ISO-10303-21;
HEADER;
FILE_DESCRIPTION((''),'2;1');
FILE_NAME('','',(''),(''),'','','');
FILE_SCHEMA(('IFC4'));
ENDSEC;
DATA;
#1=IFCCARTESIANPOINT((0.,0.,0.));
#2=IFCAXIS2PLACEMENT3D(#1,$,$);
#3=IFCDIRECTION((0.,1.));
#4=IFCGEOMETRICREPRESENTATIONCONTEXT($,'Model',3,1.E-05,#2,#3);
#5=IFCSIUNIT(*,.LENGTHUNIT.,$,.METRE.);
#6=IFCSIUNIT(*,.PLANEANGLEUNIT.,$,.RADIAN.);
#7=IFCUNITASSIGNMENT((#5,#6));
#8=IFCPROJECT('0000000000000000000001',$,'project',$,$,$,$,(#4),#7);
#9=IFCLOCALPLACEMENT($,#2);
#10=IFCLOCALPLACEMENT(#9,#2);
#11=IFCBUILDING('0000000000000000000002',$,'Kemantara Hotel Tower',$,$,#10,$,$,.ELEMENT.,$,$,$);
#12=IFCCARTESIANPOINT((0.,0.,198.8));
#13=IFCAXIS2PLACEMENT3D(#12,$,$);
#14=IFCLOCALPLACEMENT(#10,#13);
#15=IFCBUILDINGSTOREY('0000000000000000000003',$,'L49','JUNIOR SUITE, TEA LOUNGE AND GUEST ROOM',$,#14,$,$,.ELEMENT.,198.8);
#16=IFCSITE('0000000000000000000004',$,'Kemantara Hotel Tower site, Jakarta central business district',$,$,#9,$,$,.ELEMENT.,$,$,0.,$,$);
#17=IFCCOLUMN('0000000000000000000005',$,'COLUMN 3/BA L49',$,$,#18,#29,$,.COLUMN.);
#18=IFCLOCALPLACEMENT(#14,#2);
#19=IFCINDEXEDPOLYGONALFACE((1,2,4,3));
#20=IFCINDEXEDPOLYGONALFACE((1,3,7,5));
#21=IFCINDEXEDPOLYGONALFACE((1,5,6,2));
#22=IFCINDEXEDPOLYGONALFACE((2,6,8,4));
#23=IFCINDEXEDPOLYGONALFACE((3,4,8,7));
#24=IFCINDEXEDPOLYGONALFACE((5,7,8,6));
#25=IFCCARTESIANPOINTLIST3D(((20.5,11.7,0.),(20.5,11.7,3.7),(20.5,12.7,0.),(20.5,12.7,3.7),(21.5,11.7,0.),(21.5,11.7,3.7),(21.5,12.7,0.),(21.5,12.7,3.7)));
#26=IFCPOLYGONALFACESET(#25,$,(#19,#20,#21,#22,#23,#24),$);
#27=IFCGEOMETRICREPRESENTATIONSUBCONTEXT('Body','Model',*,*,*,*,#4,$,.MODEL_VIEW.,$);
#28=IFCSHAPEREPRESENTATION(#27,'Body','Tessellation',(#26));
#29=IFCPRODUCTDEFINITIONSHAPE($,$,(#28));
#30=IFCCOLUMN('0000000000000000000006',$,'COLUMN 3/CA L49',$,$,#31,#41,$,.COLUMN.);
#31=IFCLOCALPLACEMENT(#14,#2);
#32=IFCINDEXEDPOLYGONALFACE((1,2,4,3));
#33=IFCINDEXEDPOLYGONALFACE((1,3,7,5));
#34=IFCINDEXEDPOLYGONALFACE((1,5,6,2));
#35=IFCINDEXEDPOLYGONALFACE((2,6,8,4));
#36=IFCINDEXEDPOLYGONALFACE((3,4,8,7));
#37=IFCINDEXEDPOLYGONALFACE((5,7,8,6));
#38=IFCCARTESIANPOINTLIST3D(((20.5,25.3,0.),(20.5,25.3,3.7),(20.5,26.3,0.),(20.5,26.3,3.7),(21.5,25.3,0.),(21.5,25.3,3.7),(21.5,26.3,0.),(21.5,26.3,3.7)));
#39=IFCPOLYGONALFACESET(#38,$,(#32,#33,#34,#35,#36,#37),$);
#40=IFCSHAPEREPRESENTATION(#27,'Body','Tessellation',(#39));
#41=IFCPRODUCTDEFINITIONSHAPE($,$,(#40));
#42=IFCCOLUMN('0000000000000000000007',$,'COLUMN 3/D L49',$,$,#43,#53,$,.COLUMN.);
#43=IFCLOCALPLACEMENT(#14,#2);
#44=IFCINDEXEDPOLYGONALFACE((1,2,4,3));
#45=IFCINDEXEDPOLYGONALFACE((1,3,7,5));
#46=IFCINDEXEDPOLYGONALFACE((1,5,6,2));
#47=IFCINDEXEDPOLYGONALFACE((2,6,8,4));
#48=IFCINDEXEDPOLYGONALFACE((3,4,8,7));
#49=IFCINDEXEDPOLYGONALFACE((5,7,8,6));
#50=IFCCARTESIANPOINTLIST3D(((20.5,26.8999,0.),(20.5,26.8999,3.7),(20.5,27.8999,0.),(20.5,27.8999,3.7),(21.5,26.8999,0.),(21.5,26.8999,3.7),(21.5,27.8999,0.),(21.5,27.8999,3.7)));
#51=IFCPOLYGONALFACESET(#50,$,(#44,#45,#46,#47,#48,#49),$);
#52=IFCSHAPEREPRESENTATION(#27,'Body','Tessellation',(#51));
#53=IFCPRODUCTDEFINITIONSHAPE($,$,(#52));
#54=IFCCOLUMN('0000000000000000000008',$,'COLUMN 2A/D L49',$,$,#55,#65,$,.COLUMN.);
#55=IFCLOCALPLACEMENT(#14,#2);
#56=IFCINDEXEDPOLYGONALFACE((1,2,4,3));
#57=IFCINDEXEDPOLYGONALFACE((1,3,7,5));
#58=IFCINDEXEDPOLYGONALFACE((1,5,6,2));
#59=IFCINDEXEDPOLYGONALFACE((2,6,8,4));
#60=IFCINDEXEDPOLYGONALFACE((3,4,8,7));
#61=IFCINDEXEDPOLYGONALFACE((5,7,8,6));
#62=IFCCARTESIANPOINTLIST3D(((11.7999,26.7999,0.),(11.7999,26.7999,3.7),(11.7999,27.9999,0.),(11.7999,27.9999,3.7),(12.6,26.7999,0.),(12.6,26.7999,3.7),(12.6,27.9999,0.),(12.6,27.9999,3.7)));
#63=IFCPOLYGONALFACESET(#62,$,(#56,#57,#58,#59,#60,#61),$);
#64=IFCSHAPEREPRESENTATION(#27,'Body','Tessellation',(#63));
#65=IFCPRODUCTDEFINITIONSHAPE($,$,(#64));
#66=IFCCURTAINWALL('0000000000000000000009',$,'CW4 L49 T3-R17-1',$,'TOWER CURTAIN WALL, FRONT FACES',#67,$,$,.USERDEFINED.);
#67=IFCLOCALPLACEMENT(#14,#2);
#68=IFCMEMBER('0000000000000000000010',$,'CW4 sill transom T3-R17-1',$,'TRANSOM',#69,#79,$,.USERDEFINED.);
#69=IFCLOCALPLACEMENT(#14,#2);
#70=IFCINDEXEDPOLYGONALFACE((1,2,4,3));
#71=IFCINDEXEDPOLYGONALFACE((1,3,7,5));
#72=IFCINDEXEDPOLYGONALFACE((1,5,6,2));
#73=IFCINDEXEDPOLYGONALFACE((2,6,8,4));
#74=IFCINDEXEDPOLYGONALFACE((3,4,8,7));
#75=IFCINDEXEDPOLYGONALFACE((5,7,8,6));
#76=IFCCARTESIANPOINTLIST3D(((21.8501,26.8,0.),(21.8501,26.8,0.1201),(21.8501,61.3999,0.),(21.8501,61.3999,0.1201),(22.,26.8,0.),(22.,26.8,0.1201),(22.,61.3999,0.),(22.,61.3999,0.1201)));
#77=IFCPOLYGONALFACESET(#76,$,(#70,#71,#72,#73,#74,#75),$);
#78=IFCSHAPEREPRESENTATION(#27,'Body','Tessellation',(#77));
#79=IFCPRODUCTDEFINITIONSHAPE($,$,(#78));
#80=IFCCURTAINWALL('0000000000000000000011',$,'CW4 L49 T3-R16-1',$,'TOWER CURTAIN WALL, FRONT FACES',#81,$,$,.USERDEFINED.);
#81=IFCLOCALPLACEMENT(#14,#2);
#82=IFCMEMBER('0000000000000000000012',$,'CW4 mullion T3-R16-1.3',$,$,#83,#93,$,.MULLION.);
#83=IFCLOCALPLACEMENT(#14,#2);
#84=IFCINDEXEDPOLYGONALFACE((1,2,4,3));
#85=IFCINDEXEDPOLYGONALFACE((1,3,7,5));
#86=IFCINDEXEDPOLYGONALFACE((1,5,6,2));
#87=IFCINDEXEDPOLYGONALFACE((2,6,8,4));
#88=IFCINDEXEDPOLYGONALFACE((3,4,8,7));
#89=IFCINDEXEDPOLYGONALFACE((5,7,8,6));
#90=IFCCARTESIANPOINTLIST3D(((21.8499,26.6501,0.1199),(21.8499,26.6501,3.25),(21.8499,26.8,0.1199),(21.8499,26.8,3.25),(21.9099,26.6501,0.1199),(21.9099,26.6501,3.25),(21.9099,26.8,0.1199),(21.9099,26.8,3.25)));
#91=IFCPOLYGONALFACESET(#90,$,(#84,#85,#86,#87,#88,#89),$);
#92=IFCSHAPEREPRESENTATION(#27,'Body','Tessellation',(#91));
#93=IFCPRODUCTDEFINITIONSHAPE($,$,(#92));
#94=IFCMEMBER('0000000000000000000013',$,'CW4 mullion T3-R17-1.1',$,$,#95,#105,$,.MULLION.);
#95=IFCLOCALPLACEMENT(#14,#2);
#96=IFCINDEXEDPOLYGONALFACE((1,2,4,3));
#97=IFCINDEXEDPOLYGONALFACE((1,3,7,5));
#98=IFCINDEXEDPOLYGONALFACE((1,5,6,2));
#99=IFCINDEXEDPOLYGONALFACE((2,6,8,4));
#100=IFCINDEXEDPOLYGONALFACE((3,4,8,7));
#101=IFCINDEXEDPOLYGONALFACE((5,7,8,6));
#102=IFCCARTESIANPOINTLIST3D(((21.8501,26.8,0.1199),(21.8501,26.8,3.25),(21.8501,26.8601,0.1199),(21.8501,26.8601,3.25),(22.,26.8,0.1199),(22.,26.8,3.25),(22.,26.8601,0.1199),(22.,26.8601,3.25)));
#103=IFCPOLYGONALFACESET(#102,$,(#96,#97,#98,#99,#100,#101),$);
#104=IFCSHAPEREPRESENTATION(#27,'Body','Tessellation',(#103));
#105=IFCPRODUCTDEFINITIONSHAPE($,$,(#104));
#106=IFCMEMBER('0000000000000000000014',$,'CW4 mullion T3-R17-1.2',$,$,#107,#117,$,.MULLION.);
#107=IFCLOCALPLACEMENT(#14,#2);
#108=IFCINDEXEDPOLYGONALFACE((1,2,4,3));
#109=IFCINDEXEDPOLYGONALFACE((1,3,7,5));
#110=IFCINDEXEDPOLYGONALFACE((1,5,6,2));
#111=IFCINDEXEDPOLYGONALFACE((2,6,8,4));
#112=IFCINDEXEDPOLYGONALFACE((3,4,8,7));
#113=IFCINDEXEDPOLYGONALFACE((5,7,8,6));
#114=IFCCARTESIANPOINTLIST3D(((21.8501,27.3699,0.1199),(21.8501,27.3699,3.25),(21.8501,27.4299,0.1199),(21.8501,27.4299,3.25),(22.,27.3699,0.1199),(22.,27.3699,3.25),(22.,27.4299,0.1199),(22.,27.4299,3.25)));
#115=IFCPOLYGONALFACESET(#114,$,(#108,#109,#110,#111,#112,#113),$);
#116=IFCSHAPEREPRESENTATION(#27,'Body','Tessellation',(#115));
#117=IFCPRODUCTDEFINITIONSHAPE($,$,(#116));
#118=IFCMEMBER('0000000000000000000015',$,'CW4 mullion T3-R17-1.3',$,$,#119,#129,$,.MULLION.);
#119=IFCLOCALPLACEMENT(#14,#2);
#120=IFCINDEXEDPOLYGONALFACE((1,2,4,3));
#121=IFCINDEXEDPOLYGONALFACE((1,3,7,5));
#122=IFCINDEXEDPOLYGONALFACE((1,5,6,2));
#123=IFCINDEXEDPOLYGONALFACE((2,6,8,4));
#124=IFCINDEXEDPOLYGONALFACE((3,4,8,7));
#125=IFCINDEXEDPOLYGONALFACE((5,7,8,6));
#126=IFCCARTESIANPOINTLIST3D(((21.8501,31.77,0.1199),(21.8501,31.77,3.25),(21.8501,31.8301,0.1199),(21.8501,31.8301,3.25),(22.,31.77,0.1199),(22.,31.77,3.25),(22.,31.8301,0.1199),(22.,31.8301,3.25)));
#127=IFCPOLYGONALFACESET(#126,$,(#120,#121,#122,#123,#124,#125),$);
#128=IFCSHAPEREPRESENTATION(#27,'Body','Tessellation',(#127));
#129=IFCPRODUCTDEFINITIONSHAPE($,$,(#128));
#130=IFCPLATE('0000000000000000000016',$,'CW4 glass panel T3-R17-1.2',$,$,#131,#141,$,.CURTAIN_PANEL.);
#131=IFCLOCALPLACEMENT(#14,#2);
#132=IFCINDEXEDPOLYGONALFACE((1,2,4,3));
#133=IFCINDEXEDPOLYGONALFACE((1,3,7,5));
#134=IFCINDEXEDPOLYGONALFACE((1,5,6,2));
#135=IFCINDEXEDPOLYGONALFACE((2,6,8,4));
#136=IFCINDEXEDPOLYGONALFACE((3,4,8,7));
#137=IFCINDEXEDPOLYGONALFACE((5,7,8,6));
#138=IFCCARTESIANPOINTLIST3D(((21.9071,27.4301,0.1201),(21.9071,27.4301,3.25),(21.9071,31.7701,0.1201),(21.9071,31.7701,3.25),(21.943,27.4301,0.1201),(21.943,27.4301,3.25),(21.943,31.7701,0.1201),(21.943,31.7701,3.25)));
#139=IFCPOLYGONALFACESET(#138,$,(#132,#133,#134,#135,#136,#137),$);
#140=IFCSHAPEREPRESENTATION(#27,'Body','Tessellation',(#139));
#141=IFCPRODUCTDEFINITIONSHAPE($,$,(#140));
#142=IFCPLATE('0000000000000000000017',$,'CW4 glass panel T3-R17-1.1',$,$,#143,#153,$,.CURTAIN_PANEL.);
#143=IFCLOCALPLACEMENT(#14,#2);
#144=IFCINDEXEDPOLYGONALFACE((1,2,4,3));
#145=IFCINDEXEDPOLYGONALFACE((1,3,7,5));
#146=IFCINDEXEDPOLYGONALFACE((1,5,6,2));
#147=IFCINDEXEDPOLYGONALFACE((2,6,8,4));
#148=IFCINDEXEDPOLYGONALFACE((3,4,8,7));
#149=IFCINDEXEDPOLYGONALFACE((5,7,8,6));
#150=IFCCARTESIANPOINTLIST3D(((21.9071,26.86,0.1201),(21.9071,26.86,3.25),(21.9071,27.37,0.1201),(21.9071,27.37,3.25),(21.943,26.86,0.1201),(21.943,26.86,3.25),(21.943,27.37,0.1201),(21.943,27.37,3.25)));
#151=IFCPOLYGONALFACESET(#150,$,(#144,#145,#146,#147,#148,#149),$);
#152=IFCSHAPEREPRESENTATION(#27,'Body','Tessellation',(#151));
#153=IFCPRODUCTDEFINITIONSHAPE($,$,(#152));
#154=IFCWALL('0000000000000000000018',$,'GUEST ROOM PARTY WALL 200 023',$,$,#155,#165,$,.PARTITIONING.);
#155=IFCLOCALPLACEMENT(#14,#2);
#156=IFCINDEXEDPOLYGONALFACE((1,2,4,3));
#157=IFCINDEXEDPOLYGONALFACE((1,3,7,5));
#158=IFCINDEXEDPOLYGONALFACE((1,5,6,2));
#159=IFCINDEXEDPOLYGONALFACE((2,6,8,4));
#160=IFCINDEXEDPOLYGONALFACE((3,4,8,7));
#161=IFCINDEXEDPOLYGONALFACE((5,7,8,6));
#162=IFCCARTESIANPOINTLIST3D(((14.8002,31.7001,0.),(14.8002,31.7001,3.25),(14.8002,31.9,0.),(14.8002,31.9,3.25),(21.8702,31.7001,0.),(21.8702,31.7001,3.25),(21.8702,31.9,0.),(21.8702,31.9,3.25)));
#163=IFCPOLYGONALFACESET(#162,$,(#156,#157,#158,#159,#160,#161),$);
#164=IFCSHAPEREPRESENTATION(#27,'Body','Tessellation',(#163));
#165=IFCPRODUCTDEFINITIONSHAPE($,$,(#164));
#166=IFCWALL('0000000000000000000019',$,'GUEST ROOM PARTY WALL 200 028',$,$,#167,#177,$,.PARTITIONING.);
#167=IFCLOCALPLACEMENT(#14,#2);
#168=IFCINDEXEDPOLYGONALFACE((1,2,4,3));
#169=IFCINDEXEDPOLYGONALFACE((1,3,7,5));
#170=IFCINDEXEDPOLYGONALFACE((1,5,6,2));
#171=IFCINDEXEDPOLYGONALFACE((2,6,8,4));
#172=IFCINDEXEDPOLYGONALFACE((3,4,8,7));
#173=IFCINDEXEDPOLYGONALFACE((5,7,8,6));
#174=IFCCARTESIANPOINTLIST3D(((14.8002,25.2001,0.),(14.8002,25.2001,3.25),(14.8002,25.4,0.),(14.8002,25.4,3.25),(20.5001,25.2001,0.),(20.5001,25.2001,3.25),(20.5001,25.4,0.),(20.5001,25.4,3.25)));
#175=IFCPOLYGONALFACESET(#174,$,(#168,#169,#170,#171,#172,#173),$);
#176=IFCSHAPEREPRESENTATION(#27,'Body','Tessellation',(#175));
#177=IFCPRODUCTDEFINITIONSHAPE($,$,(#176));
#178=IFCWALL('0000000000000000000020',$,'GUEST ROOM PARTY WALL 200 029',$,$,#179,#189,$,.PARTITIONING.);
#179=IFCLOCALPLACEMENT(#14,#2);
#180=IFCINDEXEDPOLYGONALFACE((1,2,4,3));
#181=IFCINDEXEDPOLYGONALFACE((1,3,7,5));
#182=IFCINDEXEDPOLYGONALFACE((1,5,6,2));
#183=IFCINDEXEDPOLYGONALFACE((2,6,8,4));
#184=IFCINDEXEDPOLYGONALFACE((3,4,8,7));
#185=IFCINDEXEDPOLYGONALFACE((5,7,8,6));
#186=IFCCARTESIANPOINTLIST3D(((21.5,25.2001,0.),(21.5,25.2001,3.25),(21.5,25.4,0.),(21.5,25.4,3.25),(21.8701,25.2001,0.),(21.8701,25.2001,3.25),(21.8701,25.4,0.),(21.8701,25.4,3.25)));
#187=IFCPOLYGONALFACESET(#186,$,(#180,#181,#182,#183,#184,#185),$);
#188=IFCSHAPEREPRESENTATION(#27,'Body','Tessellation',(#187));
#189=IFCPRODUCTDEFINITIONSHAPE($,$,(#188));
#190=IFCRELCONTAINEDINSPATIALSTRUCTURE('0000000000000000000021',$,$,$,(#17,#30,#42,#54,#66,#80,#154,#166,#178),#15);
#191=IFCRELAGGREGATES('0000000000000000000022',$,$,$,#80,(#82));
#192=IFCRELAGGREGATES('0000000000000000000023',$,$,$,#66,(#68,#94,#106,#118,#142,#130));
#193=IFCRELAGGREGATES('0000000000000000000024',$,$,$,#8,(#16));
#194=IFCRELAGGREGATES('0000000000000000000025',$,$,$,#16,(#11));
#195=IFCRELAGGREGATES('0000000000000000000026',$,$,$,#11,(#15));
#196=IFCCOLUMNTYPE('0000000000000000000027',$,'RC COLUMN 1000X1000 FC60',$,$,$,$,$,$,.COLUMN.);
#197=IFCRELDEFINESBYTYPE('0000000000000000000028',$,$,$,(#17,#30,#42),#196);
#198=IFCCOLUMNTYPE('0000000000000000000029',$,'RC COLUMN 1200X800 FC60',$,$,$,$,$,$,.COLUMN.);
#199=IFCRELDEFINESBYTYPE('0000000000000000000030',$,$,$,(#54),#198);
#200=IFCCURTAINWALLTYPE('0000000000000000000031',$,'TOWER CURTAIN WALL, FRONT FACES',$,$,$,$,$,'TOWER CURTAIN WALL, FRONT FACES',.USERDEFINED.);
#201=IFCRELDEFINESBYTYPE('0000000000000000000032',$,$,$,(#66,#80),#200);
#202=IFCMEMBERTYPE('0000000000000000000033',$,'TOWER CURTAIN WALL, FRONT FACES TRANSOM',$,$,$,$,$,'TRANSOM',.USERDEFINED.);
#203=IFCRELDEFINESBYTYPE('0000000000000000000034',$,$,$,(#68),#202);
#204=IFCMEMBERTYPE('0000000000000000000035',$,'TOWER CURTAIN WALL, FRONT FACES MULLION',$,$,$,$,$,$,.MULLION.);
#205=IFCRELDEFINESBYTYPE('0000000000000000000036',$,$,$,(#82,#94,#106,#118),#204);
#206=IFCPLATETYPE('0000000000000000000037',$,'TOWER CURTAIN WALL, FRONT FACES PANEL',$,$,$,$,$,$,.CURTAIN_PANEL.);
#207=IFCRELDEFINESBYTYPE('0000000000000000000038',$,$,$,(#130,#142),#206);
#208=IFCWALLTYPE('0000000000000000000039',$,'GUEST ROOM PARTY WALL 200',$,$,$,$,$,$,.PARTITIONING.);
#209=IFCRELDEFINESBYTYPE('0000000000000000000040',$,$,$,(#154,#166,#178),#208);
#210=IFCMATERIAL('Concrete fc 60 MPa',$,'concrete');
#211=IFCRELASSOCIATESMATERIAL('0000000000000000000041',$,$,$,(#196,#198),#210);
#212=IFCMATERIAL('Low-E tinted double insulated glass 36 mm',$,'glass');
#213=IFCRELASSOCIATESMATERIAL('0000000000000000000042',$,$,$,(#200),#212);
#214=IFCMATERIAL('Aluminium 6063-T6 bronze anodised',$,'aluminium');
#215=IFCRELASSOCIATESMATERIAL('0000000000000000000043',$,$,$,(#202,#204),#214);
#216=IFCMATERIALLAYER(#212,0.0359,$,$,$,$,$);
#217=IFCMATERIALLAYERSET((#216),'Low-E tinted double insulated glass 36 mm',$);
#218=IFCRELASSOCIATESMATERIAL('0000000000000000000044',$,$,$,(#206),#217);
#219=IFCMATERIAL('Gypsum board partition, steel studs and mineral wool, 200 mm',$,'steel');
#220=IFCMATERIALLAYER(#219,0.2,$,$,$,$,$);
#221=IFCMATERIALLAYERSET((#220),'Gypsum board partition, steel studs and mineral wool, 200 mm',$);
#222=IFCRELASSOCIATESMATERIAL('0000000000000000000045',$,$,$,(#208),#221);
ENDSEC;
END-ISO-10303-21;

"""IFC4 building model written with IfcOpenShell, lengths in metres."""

from ifc_helpers import new_model, si_unit, direction, frame, frame_2d, origin, origin_2d, place, context, subcontext, project, spatial, rectangle, extrude, source, transform, mapped, material, layer, layer_set, material_profile, profile_set, type_object, element, aggregate, save


model = new_model("IFC4")

# Units and contexts
model_context = context("Model", 3, precision=1e-05, world=origin(), true_north=direction((0.0, 1.0)))
body_context = subcontext(model_context, "Body", "Model", "MODEL_VIEW")
ifc_project = project(units=[si_unit("LENGTHUNIT", "METRE"), si_unit("PLANEANGLEUNIT", "RADIAN")], contexts=[model_context])

# Site, building, storey
site_placement = place(None, origin())
site = spatial("IfcSite", under=ifc_project, at=site_placement, Name="Kemantara Hotel Tower site, Jakarta central business district", CompositionType="ELEMENT", RefElevation=0.0)
building_placement = place(site_placement, origin())
building = spatial("IfcBuilding", under=site, at=building_placement, Name="Kemantara Hotel Tower", CompositionType="ELEMENT")
storey_placement = place(building_placement, frame((0.0, 0.0, 198.8)))
storey = spatial("IfcBuildingStorey", under=building, at=storey_placement, Name="L49", Description="JUNIOR SUITE, TEA LOUNGE AND GUEST ROOM", CompositionType="ELEMENT", Elevation=198.8)

# Columns
ifc_material_1 = material(Name="Concrete fc 60 MPa", Category="concrete")
ifc_material_profile_1 = material_profile(ifc_material_1, rectangle(XDim=1.0, YDim=1.0, at=origin_2d()), Name="RC 1000X1000")
ifc_profile_set_1 = profile_set([ifc_material_profile_1], Name="Concrete fc 60 MPa")
column_type_1 = type_object("IfcColumnType", Name="RC COLUMN 1000X1000 FC60", PredefinedType="COLUMN", material=ifc_profile_set_1)
for number, where, z_axis, x_axis, name in (
    (1, (21.0, 12.2, 0.0), (0.0, 0.0, 1.0), (1.0, 0.0, 0.0), "COLUMN 3/BA L49"),
    (2, (21.0, 25.8, 0.0), (0.0, 0.0, 1.0), (1.0, 0.0, 0.0), "COLUMN 3/CA L49"),
    (3, (21.0, 27.3999, 0.0), (0.0, 0.0, 1.0), (1.0, 0.0, 0.0), "COLUMN 3/D L49"),
):
    element("IfcColumn", number, at=place(storey_placement, frame(where, z_axis=z_axis, x_axis=x_axis)), inside=storey, type_object=column_type_1, Name=name, PredefinedType="COLUMN", context=body_context, shape_type="SweptSolid", body=[
        extrude(rectangle(XDim=1.0, YDim=1.0, at=origin_2d()), origin(), (0.0, 0.0, 1.0), 3.7),
    ])
ifc_material_profile_2 = material_profile(ifc_material_1, rectangle(XDim=1.2, YDim=0.8, at=origin_2d()), Name="RC 1200X800")
ifc_profile_set_2 = profile_set([ifc_material_profile_2], Name="Concrete fc 60 MPa")
column_type_2 = type_object("IfcColumnType", Name="RC COLUMN 1200X800 FC60", PredefinedType="COLUMN", material=ifc_profile_set_2)
column_placement = place(storey_placement, frame((12.2, 27.3999, 0.0), z_axis=(0.0, 0.0, 1.0), x_axis=(0.0, 1.0, 0.0)))
element("IfcColumn", 4, at=column_placement, inside=storey, type_object=column_type_2, Name="COLUMN 2A/D L49", PredefinedType="COLUMN", context=body_context, shape_type="SweptSolid", body=[
    extrude(rectangle(XDim=1.2, YDim=0.8, at=origin_2d()), origin(), (0.0, 0.0, 1.0), 3.7),
])

# Curtain walls, members
ifc_material_2 = material(Name="Low-E tinted double insulated glass 36 mm", Category="glass")
curtain_wall_type = type_object("IfcCurtainWallType", Name="TOWER CURTAIN WALL, FRONT FACES", ElementType="TOWER CURTAIN WALL, FRONT FACES", PredefinedType="USERDEFINED", material=ifc_material_2)
curtain_wall_1_placement = place(storey_placement, origin())
curtain_wall_1 = element("IfcCurtainWall", 5, at=curtain_wall_1_placement, inside=storey, type_object=curtain_wall_type, Name="CW4 L49 T3-R17-1", ObjectType="TOWER CURTAIN WALL, FRONT FACES", PredefinedType="USERDEFINED")
ifc_material_3 = material(Name="Aluminium 6063-T6 bronze anodised", Category="aluminium")
ifc_material_profile_3 = material_profile(ifc_material_3, rectangle(XDim=0.1499, YDim=0.1201, at=origin_2d()), Name="TOWER CURTAIN WALL, FRONT FACES TRANSOM")
ifc_profile_set_3 = profile_set([ifc_material_profile_3], Name="Aluminium 6063-T6 bronze anodised")
member_type_1 = type_object("IfcMemberType", Name="TOWER CURTAIN WALL, FRONT FACES TRANSOM", ElementType="TRANSOM", PredefinedType="USERDEFINED", material=ifc_profile_set_3)
member_1_placement = place(storey_placement, frame((21.925, 26.8, 0.0601), z_axis=(0.0, 1.0, 0.0), x_axis=(-1.0, 0.0, 0.0)))
member_1 = element("IfcMember", 6, at=member_1_placement, type_object=member_type_1, Name="CW4 sill transom T3-R17-1", ObjectType="TRANSOM", PredefinedType="USERDEFINED", context=body_context, shape_type="SweptSolid", body=[
    extrude(rectangle(XDim=0.1499, YDim=0.1201, at=origin_2d()), origin(), (0.0, 0.0, 1.0), 34.5999),
])
curtain_wall_2_placement = place(storey_placement, origin())
curtain_wall_2 = element("IfcCurtainWall", 7, at=curtain_wall_2_placement, inside=storey, type_object=curtain_wall_type, Name="CW4 L49 T3-R16-1", ObjectType="TOWER CURTAIN WALL, FRONT FACES", PredefinedType="USERDEFINED")
ifc_material_profile_4 = material_profile(ifc_material_3, rectangle(XDim=0.1499, YDim=0.0601, at=origin_2d()), Name="TOWER CURTAIN WALL, FRONT FACES MULLION")
ifc_profile_set_4 = profile_set([ifc_material_profile_4], Name="Aluminium 6063-T6 bronze anodised")
member_type_2 = type_object("IfcMemberType", Name="TOWER CURTAIN WALL, FRONT FACES MULLION", PredefinedType="MULLION", material=ifc_profile_set_4)
shared_shape_1 = source(origin(), body_context, "Body", "SweptSolid", [
    extrude(rectangle(XDim=0.1499, YDim=0.0601, at=origin_2d()), origin(), (0.0, 0.0, 1.0), 3.1301),
])
member_2_placement = place(storey_placement, frame((21.8799, 26.7251, 0.1199), z_axis=(0.0, 0.0, 1.0), x_axis=(0.0, -1.0, 0.0)))
member_2 = element("IfcMember", 8, at=member_2_placement, type_object=member_type_2, Name="CW4 mullion T3-R16-1.3", PredefinedType="MULLION", context=body_context, shape_type="MappedRepresentation", body=[
    mapped(shared_shape_1, transform((0.0, 0.0, 0.0))),
])
aggregate(curtain_wall_2, [member_2])

# Members
member_3_placement = place(storey_placement, frame((21.925, 26.8301, 0.1199), z_axis=(0.0, 0.0, 1.0), x_axis=(-1.0, 0.0, 0.0)))
member_3 = element("IfcMember", 9, at=member_3_placement, type_object=member_type_2, Name="CW4 mullion T3-R17-1.1", PredefinedType="MULLION", context=body_context, shape_type="MappedRepresentation", body=[
    mapped(shared_shape_1, transform((0.0, 0.0, 0.0))),
])
member_4_placement = place(storey_placement, frame((21.925, 27.3999, 0.1199), z_axis=(0.0, 0.0, 1.0), x_axis=(-1.0, 0.0, 0.0)))
member_4 = element("IfcMember", 10, at=member_4_placement, type_object=member_type_2, Name="CW4 mullion T3-R17-1.2", PredefinedType="MULLION", context=body_context, shape_type="MappedRepresentation", body=[
    mapped(shared_shape_1, transform((0.0, 0.0, 0.0))),
])
member_5_placement = place(storey_placement, frame((21.925, 31.8, 0.1199), z_axis=(0.0, 0.0, 1.0), x_axis=(-1.0, 0.0, 0.0)))
member_5 = element("IfcMember", 11, at=member_5_placement, type_object=member_type_2, Name="CW4 mullion T3-R17-1.3", PredefinedType="MULLION", context=body_context, shape_type="MappedRepresentation", body=[
    mapped(shared_shape_1, transform((0.0, 0.0, 0.0))),
])

# Plates
ifc_layer_1 = layer(ifc_material_2, 0.0359)
ifc_layer_set_1 = layer_set([ifc_layer_1], Name="Low-E tinted double insulated glass 36 mm")
plate_type = type_object("IfcPlateType", Name="TOWER CURTAIN WALL, FRONT FACES PANEL", PredefinedType="CURTAIN_PANEL", material=ifc_layer_set_1)
shared_shape_2 = source(origin(), body_context, "Body", "SweptSolid", [
    extrude(rectangle(XDim=4.3401, YDim=0.0359, at=origin_2d()), origin(), (0.0, 0.0, 1.0), 3.1299),
])
plate_1_placement = place(storey_placement, frame((21.925, 29.6001, 0.1201), z_axis=(0.0, 0.0, 1.0), x_axis=(0.0, 1.0, 0.0)))
plate_1 = element("IfcPlate", 12, at=plate_1_placement, type_object=plate_type, Name="CW4 glass panel T3-R17-1.2", PredefinedType="CURTAIN_PANEL", context=body_context, shape_type="MappedRepresentation", body=[
    mapped(shared_shape_2, transform((0.0, 0.0, 0.0))),
])
shared_shape_3 = source(origin(), body_context, "Body", "SweptSolid", [
    extrude(rectangle(XDim=0.51, YDim=0.0359, at=origin_2d()), origin(), (0.0, 0.0, 1.0), 3.1299),
])
plate_2_placement = place(storey_placement, frame((21.925, 27.115, 0.1201), z_axis=(0.0, 0.0, 1.0), x_axis=(0.0, 1.0, 0.0)))
plate_2 = element("IfcPlate", 13, at=plate_2_placement, type_object=plate_type, Name="CW4 glass panel T3-R17-1.1", PredefinedType="CURTAIN_PANEL", context=body_context, shape_type="MappedRepresentation", body=[
    mapped(shared_shape_3, transform((0.0, 0.0, 0.0))),
])
aggregate(curtain_wall_1, [member_1, member_3, member_4, member_5, plate_2, plate_1])

# Walls
ifc_material_4 = material(Name="Gypsum board partition, steel studs and mineral wool, 200 mm", Category="steel")
ifc_layer_2 = layer(ifc_material_4, 0.2)
ifc_layer_set_2 = layer_set([ifc_layer_2], Name="Gypsum board partition, steel studs and mineral wool, 200 mm")
wall_type_1 = type_object("IfcWallType", Name="GUEST ROOM PARTY WALL 200", PredefinedType="PARTITIONING", material=ifc_layer_set_2)
wall_1_placement = place(storey_placement, frame((14.8, 31.8, 0.0), z_axis=(0.0, 0.0, 1.0), x_axis=(1.0, 0.0, 0.0)))
element("IfcWall", 14, at=wall_1_placement, inside=storey, type_object=wall_type_1, Name="GUEST ROOM PARTY WALL 200 023", PredefinedType="PARTITIONING", context=body_context, shape_type="SweptSolid", body=[
    extrude(rectangle(XDim=7.0701, YDim=0.2, at=frame_2d((3.5352, 0.0))), origin(), (0.0, 0.0, 1.0), 3.25),
])
wall_2_placement = place(storey_placement, frame((14.8, 25.3, 0.0), z_axis=(0.0, 0.0, 1.0), x_axis=(1.0, 0.0, 0.0)))
element("IfcWall", 15, at=wall_2_placement, inside=storey, type_object=wall_type_1, Name="GUEST ROOM PARTY WALL 200 028", PredefinedType="PARTITIONING", context=body_context, shape_type="SweptSolid", body=[
    extrude(rectangle(XDim=5.7, YDim=0.2, at=frame_2d((2.8501, 0.0))), origin(), (0.0, 0.0, 1.0), 3.25),
])
wall_3_placement = place(storey_placement, frame((21.5, 25.3, 0.0), z_axis=(0.0, 0.0, 1.0), x_axis=(1.0, 0.0, 0.0)))
element("IfcWall", 16, at=wall_3_placement, inside=storey, type_object=wall_type_1, Name="GUEST ROOM PARTY WALL 200 029", PredefinedType="PARTITIONING", context=body_context, shape_type="SweptSolid", body=[
    extrude(rectangle(XDim=0.3701, YDim=0.2, at=frame_2d((0.1851, 0.0))), origin(), (0.0, 0.0, 1.0), 3.25),
])

save(model, "model.ifc")
